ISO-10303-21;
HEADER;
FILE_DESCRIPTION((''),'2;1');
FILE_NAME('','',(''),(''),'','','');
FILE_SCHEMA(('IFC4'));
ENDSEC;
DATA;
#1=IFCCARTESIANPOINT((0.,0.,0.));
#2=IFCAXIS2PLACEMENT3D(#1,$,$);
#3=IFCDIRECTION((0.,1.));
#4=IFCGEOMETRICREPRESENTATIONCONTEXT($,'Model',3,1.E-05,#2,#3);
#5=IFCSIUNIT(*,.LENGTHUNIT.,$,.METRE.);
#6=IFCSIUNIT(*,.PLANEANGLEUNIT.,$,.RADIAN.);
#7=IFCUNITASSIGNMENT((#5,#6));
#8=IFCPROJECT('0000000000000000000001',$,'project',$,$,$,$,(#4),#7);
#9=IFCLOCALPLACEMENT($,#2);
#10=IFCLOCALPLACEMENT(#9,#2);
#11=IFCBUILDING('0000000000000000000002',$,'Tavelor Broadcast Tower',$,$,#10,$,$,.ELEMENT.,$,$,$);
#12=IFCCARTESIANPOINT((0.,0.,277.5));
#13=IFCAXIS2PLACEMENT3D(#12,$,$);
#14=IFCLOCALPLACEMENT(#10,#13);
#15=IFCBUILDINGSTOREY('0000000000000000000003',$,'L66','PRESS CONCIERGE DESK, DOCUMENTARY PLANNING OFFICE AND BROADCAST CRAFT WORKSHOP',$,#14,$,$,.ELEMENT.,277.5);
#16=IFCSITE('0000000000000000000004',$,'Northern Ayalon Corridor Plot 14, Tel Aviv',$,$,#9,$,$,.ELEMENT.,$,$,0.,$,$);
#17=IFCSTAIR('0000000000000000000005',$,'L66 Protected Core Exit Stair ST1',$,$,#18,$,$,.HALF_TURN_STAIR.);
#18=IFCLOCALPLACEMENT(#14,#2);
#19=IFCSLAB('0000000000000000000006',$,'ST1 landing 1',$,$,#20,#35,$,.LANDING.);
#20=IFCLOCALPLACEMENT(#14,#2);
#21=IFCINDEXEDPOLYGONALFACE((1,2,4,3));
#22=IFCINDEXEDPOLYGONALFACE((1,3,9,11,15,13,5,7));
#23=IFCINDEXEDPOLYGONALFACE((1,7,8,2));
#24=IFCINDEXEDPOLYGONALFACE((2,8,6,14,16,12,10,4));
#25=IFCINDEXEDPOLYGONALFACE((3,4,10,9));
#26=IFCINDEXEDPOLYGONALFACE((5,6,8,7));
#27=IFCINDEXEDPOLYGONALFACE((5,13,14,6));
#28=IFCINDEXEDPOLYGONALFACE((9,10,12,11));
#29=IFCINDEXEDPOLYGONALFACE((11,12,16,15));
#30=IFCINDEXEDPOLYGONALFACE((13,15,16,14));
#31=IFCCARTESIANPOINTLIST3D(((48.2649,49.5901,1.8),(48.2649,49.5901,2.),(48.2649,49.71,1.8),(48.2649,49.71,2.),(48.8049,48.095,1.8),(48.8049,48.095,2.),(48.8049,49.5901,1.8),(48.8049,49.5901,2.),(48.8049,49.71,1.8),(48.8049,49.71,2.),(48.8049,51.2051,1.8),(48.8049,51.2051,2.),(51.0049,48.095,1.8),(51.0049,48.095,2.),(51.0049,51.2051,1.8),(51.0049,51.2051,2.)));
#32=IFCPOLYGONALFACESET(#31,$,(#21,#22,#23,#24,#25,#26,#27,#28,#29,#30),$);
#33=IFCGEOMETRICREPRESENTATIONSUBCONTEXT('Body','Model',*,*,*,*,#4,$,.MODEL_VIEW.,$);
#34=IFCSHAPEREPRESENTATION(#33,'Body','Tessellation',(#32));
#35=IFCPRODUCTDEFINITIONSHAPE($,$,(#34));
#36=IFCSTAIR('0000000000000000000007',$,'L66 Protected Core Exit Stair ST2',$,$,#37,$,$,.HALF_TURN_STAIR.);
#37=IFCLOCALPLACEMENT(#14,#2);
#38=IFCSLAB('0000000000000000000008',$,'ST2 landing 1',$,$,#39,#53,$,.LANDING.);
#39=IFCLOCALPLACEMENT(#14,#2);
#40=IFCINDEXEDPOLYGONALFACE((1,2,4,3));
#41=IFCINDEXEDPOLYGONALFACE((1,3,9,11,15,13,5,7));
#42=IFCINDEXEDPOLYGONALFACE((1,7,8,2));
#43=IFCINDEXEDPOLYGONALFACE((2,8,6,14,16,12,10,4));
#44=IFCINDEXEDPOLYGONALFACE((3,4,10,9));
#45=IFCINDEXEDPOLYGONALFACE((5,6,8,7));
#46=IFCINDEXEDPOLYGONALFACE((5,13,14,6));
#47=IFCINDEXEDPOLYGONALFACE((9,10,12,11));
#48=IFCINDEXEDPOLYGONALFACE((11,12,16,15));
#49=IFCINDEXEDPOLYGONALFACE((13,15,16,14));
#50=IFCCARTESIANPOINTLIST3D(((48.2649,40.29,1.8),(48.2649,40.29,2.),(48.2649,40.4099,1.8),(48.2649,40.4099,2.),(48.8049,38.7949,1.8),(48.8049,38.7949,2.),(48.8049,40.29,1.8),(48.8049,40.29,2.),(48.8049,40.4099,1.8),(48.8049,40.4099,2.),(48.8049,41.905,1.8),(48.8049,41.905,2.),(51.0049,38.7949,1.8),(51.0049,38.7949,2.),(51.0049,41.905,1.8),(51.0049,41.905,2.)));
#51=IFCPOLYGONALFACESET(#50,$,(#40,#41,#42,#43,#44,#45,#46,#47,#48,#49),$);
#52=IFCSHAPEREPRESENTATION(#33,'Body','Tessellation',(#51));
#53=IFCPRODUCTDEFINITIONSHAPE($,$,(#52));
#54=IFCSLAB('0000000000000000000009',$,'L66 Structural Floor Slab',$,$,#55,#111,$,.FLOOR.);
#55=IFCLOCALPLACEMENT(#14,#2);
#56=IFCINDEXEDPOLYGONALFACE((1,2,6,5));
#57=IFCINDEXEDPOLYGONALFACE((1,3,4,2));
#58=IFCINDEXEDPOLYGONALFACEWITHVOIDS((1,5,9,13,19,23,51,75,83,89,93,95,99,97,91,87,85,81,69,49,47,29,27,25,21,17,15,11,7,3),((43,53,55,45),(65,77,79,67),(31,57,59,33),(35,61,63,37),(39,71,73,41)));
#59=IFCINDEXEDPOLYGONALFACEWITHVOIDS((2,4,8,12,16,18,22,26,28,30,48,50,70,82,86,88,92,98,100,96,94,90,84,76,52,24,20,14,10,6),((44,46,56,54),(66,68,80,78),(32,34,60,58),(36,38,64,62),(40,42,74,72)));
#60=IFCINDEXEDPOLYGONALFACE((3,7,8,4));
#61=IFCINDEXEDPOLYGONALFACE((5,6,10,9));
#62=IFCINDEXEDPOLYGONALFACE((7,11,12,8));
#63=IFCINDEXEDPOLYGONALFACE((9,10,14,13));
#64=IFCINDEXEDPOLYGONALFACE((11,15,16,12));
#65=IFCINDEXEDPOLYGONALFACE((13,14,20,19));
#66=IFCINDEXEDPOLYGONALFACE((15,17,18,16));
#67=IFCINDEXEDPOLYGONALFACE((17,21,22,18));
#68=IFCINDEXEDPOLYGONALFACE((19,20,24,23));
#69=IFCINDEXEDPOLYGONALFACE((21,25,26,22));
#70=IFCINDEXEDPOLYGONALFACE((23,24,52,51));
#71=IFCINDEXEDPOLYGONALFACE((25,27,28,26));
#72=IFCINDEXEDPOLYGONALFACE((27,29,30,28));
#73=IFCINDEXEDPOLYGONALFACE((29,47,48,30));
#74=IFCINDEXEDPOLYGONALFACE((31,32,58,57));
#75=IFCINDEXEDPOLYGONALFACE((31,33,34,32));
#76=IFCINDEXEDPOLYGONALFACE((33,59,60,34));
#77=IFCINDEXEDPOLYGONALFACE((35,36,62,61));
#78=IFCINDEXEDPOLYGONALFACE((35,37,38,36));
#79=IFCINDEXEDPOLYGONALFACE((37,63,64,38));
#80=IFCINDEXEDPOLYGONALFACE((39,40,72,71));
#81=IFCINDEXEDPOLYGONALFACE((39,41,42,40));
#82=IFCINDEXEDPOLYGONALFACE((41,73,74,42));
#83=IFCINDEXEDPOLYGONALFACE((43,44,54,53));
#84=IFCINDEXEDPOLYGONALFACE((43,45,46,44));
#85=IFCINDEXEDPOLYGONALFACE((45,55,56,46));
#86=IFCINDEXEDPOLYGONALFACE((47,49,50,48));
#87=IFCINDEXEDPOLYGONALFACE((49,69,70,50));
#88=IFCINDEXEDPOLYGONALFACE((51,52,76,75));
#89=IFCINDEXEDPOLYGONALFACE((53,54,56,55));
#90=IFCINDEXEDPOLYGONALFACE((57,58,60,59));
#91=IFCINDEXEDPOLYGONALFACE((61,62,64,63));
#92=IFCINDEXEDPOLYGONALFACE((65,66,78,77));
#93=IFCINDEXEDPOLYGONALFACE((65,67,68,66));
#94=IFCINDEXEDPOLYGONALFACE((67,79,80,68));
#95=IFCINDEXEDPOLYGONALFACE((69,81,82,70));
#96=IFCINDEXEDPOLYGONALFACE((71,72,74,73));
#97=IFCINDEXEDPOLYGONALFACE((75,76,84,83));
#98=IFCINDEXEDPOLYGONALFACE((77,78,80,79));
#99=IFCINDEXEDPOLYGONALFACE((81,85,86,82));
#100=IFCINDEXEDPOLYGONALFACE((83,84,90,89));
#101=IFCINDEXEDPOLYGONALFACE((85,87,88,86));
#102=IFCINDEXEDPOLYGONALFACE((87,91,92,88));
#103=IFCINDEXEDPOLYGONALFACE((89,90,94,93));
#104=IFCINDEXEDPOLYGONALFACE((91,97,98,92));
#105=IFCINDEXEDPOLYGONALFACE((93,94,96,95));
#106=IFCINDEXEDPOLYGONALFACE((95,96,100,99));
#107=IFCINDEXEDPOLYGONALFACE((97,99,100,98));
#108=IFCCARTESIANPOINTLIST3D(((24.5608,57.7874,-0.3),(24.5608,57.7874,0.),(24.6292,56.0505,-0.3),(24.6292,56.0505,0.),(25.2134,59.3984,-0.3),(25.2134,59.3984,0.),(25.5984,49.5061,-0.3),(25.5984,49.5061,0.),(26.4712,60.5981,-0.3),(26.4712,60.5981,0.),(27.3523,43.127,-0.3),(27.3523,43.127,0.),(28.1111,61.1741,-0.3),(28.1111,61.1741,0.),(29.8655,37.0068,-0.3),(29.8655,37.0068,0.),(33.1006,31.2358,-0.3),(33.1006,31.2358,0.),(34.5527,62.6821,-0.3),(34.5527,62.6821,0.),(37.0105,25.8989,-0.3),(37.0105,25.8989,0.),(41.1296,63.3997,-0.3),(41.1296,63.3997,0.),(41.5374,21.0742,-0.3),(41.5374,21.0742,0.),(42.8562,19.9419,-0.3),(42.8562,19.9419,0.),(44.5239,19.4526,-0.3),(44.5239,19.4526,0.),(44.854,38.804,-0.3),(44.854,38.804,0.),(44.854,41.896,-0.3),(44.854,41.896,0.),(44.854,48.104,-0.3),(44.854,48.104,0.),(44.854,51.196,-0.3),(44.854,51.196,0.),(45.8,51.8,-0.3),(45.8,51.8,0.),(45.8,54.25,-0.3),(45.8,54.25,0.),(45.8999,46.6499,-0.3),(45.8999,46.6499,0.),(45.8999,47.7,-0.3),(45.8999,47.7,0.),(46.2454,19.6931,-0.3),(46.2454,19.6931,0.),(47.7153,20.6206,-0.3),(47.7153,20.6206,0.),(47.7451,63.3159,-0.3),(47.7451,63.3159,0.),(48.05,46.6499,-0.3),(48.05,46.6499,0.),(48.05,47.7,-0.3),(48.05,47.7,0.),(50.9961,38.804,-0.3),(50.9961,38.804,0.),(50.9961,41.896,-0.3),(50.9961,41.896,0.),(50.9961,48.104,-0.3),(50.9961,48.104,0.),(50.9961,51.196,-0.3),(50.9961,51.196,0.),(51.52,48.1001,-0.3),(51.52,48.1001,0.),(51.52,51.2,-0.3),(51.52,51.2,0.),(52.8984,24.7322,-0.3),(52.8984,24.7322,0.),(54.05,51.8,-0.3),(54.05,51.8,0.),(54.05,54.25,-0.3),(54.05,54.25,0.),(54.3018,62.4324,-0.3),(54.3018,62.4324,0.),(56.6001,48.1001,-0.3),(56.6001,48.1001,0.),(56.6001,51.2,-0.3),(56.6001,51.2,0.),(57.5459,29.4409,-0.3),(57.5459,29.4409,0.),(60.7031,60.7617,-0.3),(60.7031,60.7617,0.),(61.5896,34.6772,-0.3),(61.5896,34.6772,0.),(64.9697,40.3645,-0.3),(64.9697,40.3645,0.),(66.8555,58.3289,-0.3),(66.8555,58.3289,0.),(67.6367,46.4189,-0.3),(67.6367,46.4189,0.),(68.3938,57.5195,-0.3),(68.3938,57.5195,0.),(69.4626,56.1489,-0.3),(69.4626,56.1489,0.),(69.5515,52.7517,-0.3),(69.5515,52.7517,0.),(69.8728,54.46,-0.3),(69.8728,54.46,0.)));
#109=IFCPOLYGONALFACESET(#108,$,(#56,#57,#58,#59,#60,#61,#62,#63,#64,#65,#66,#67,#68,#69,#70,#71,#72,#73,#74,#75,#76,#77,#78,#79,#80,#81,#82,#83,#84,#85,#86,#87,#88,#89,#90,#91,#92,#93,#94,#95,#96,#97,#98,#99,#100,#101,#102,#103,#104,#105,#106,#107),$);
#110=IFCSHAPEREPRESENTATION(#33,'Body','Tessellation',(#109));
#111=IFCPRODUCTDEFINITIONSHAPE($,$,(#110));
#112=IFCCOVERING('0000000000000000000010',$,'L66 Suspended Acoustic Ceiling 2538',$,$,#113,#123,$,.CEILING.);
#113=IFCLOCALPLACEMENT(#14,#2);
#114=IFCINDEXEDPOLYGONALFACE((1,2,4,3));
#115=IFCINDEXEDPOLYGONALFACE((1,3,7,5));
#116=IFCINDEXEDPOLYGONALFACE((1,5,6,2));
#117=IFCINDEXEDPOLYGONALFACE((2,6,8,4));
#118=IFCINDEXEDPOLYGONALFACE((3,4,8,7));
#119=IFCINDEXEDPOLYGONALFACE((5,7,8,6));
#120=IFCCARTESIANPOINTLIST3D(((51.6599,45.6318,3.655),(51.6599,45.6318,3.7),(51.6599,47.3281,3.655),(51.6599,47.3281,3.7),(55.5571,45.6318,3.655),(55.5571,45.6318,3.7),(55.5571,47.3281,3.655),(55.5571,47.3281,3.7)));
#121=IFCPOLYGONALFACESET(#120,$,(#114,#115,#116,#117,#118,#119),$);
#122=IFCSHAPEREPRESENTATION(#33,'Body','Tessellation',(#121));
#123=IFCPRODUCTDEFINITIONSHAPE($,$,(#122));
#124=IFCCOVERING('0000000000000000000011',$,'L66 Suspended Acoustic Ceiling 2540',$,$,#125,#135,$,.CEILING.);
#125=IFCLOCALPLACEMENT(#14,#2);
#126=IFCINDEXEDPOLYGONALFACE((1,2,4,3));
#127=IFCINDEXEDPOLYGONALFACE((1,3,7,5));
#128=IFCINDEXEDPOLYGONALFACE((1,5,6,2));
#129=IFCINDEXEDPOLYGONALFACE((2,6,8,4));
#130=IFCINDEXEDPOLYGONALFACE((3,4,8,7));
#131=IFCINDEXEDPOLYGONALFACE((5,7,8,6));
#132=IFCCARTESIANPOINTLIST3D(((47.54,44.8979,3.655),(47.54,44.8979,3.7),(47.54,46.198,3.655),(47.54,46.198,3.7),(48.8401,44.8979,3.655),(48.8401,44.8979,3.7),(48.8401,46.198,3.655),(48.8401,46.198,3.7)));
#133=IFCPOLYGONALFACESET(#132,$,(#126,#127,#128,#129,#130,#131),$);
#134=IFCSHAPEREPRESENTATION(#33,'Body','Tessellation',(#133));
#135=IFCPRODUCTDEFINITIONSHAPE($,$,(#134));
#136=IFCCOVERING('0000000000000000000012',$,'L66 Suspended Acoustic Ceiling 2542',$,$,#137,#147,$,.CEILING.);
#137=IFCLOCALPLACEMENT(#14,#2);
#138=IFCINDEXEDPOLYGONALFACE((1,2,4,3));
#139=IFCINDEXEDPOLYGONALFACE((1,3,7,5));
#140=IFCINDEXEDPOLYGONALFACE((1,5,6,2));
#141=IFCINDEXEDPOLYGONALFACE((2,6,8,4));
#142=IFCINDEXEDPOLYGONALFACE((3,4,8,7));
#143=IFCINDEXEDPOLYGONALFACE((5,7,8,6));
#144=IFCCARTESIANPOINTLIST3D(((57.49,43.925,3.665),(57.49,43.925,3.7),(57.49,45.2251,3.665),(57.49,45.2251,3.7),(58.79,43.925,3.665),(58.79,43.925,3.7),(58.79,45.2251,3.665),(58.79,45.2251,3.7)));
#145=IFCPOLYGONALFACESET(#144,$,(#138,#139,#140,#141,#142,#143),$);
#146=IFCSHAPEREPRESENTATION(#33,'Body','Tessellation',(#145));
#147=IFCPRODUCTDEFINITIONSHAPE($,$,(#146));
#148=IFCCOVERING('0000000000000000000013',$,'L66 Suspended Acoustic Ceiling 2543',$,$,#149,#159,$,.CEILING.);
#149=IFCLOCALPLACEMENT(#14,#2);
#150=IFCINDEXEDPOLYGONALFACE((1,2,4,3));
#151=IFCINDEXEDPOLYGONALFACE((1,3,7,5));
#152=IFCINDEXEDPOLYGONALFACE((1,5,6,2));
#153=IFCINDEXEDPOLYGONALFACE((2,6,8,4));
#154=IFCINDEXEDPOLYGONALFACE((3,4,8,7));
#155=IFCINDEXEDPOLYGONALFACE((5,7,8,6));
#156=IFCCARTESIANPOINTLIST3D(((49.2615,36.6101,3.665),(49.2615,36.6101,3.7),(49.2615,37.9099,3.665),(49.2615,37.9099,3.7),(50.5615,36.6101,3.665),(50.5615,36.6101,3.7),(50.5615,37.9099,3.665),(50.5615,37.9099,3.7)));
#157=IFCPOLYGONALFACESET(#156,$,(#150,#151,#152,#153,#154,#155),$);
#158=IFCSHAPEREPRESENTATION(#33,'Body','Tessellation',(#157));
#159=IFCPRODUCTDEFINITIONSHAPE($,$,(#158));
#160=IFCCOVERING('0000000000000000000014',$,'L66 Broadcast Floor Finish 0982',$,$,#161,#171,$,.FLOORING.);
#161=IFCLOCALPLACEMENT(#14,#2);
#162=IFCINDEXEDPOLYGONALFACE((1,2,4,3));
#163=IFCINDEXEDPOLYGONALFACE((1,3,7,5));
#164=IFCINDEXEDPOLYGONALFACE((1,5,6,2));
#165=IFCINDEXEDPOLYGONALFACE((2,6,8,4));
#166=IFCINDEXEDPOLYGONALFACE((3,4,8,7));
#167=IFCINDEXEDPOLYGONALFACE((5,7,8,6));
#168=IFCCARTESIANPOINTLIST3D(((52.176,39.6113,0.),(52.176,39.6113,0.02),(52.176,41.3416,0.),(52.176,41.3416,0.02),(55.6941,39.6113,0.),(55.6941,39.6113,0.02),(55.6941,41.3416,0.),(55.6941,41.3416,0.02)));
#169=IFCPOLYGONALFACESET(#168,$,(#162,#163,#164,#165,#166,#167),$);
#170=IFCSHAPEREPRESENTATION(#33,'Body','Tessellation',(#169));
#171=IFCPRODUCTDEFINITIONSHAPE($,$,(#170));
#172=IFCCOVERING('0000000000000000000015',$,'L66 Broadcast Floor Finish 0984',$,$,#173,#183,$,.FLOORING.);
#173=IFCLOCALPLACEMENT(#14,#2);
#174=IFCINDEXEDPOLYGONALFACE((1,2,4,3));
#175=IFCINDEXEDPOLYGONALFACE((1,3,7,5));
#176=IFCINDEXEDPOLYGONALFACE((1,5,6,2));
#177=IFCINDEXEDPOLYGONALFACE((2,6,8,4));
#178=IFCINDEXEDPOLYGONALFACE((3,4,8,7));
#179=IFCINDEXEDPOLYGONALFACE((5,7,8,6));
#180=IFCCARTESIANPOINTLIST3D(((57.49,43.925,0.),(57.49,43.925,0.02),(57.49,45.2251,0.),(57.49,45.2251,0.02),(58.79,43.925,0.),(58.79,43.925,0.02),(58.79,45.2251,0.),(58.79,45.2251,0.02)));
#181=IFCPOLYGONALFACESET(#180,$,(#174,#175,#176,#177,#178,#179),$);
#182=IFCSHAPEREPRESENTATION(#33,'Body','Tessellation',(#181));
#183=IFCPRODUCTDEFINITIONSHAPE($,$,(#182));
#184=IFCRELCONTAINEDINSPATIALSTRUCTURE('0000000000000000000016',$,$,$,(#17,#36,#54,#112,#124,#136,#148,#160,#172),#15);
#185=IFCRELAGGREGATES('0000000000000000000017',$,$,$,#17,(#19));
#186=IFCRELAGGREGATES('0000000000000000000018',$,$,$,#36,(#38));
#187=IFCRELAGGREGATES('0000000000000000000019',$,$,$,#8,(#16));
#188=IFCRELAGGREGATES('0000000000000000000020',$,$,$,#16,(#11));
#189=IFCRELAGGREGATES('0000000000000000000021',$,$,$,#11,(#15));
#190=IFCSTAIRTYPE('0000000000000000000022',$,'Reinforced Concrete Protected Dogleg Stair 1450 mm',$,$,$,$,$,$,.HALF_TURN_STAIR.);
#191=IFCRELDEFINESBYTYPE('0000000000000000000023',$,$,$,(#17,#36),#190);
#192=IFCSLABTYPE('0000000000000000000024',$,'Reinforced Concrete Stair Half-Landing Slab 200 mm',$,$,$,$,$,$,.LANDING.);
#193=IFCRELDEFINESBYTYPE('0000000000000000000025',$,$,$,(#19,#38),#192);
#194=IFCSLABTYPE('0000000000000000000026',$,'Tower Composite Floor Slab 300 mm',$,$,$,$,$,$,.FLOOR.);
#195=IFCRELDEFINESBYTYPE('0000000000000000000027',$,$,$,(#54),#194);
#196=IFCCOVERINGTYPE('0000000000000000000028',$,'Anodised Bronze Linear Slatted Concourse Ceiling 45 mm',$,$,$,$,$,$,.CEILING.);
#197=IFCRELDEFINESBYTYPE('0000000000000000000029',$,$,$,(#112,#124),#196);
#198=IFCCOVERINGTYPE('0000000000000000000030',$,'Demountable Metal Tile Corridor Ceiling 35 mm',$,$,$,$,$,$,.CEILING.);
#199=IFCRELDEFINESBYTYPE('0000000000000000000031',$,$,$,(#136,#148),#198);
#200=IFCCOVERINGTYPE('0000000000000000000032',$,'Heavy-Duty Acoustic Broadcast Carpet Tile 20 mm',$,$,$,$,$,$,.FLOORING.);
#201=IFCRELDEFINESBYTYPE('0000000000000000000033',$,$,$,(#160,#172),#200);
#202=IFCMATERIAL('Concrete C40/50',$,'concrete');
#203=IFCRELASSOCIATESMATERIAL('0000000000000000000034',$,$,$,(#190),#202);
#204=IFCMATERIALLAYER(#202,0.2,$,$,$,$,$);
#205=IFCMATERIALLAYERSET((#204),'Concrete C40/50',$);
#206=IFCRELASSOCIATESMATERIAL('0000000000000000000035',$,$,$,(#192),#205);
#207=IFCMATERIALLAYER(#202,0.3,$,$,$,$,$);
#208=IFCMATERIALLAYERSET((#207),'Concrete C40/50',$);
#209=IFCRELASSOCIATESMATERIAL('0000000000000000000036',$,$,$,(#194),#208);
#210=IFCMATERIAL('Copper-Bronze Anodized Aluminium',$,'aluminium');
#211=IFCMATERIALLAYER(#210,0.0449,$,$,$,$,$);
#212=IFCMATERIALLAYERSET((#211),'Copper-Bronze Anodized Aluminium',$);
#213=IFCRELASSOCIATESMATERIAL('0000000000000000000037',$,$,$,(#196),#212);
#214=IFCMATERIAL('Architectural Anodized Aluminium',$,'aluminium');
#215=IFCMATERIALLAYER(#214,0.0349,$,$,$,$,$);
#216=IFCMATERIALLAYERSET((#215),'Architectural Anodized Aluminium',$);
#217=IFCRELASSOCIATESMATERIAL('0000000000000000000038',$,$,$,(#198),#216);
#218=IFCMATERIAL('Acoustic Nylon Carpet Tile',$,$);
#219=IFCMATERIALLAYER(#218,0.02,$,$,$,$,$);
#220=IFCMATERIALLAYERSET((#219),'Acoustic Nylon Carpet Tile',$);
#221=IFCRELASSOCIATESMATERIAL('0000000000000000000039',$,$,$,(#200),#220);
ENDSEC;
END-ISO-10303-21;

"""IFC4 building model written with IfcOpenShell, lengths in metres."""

from ifc_helpers import new_model, si_unit, direction, frame, origin, place, context, subcontext, project, spatial, polyline, outline, extrude, material, layer, layer_set, type_object, element, aggregate, save


model = new_model("IFC4")

# Units and contexts
model_context = context("Model", 3, precision=1e-05, world=origin(), true_north=direction((0.0, 1.0)))
body_context = subcontext(model_context, "Body", "Model", "MODEL_VIEW")
ifc_project = project(units=[si_unit("LENGTHUNIT", "METRE"), si_unit("PLANEANGLEUNIT", "RADIAN")], contexts=[model_context])

# Site, building, storey
site_placement = place(None, origin())
site = spatial("IfcSite", under=ifc_project, at=site_placement, Name="Northern Ayalon Corridor Plot 14, Tel Aviv", CompositionType="ELEMENT", RefElevation=0.0)
building_placement = place(site_placement, origin())
building = spatial("IfcBuilding", under=site, at=building_placement, Name="Tavelor Broadcast Tower", CompositionType="ELEMENT")
storey_placement = place(building_placement, frame((0.0, 0.0, 277.5)))
storey = spatial("IfcBuildingStorey", under=building, at=storey_placement, Name="L66", Description="PRESS CONCIERGE DESK, DOCUMENTARY PLANNING OFFICE AND BROADCAST CRAFT WORKSHOP", CompositionType="ELEMENT", Elevation=277.5)

# Stairs, slabs
ifc_material_1 = material(Name="Concrete C40/50", Category="concrete")
stair_type = type_object("IfcStairType", Name="Reinforced Concrete Protected Dogleg Stair 1450 mm", PredefinedType="HALF_TURN_STAIR", material=ifc_material_1)
stair_1_placement = place(storey_placement, origin())
stair_1 = element("IfcStair", 1, at=stair_1_placement, inside=storey, type_object=stair_type, Name="L66 Protected Core Exit Stair ST1", PredefinedType="HALF_TURN_STAIR")
ifc_layer_1 = layer(ifc_material_1, 0.2)
ifc_layer_set_1 = layer_set([ifc_layer_1], Name="Concrete C40/50")
slab_type_1 = type_object("IfcSlabType", Name="Reinforced Concrete Stair Half-Landing Slab 200 mm", PredefinedType="LANDING", material=ifc_layer_set_1)
slab_1_placement = place(storey_placement, frame((0.0, 0.0, 1.8)))
slab_1 = element("IfcSlab", 2, at=slab_1_placement, type_object=slab_type_1, Name="ST1 landing 1", PredefinedType="LANDING", context=body_context, shape_type="SweptSolid", body=[
    extrude(outline(polyline([(48.8049, 49.5901), (48.8049, 48.095), (51.0049, 48.095), (51.0049, 51.2051), (48.8049, 51.2051), (48.8049, 49.71), (48.2649, 49.71), (48.2649, 49.5901), (48.8049, 49.5901)])), origin(), (0.0, 0.0, 1.0), 0.2),
])
aggregate(stair_1, [slab_1])
stair_2_placement = place(storey_placement, origin())
stair_2 = element("IfcStair", 3, at=stair_2_placement, inside=storey, type_object=stair_type, Name="L66 Protected Core Exit Stair ST2", PredefinedType="HALF_TURN_STAIR")
slab_2_placement = place(storey_placement, frame((0.0, 0.0, 1.8)))
slab_2 = element("IfcSlab", 4, at=slab_2_placement, type_object=slab_type_1, Name="ST2 landing 1", PredefinedType="LANDING", context=body_context, shape_type="SweptSolid", body=[
    extrude(outline(polyline([(48.8049, 40.29), (48.8049, 38.7949), (51.0049, 38.7949), (51.0049, 41.905), (48.8049, 41.905), (48.8049, 40.4099), (48.2649, 40.4099), (48.2649, 40.29), (48.8049, 40.29)])), origin(), (0.0, 0.0, 1.0), 0.2),
])
aggregate(stair_2, [slab_2])

# Slab
ifc_layer_2 = layer(ifc_material_1, 0.3)
ifc_layer_set_2 = layer_set([ifc_layer_2], Name="Concrete C40/50")
slab_type_2 = type_object("IfcSlabType", Name="Tower Composite Floor Slab 300 mm", PredefinedType="FLOOR", material=ifc_layer_set_2)
slab_3_placement = place(storey_placement, frame((0.0, 0.0, -0.3)))
element("IfcSlab", 5, at=slab_3_placement, inside=storey, type_object=slab_type_2, Name="L66 Structural Floor Slab", PredefinedType="FLOOR", context=body_context, shape_type="SweptSolid", body=[
    extrude(outline(polyline([(28.1111, 61.1741), (26.4712, 60.5981), (25.2134, 59.3984), (24.5608, 57.7874), (24.6292, 56.0505), (25.5984, 49.5061), (27.3523, 43.127), (29.8655, 37.0068), (33.1006, 31.2358), (37.0105, 25.8989), (41.5374, 21.0742), (42.8562, 19.9419), (44.5239, 19.4526), (46.2454, 19.6931), (47.7153, 20.6206), (52.8984, 24.7322), (57.5459, 29.4409), (61.5896, 34.6772), (64.9697, 40.3645), (67.6367, 46.4189), (69.5515, 52.7517), (69.8728, 54.46), (69.4626, 56.1489), (68.3938, 57.5195), (66.8555, 58.3289), (60.7031, 60.7617), (54.3018, 62.4324), (47.7451, 63.3159), (41.1296, 63.3997), (34.5527, 62.6821), (28.1111, 61.1741)]), holes=[polyline([(50.9961, 41.896), (50.9961, 38.804), (44.854, 38.804), (44.854, 41.896), (50.9961, 41.896)]), polyline([(48.05, 47.7), (48.05, 46.6499), (45.8999, 46.6499), (45.8999, 47.7), (48.05, 47.7)]), polyline([(50.9961, 51.196), (50.9961, 48.104), (44.854, 48.104), (44.854, 51.196), (50.9961, 51.196)]), polyline([(56.6001, 48.1001), (51.52, 48.1001), (51.52, 51.2), (56.6001, 51.2), (56.6001, 48.1001)]), polyline([(54.05, 51.8), (45.8, 51.8), (45.8, 54.25), (54.05, 54.25), (54.05, 51.8)])]), origin(), (0.0, 0.0, 1.0), 0.3),
])

# Coverings
ifc_material_2 = material(Name="Copper-Bronze Anodized Aluminium", Category="aluminium")
ifc_layer_3 = layer(ifc_material_2, 0.0449)
ifc_layer_set_3 = layer_set([ifc_layer_3], Name="Copper-Bronze Anodized Aluminium")
covering_type_1 = type_object("IfcCoveringType", Name="Anodised Bronze Linear Slatted Concourse Ceiling 45 mm", PredefinedType="CEILING", material=ifc_layer_set_3)
covering_1_placement = place(storey_placement, frame((0.0, 0.0, 3.655)))
element("IfcCovering", 6, at=covering_1_placement, inside=storey, type_object=covering_type_1, Name="L66 Suspended Acoustic Ceiling 2538", PredefinedType="CEILING", context=body_context, shape_type="SweptSolid", body=[
    extrude(outline(polyline([(51.6599, 45.6318), (55.5571, 45.6318), (55.5571, 47.3281), (51.6599, 47.3281), (51.6599, 45.6318)])), origin(), (0.0, 0.0, 1.0), 0.0449),
])
covering_2_placement = place(storey_placement, frame((0.0, 0.0, 3.655)))
element("IfcCovering", 7, at=covering_2_placement, inside=storey, type_object=covering_type_1, Name="L66 Suspended Acoustic Ceiling 2540", PredefinedType="CEILING", context=body_context, shape_type="SweptSolid", body=[
    extrude(outline(polyline([(47.54, 44.8979), (48.8401, 44.8979), (48.8401, 46.198), (47.54, 46.198), (47.54, 44.8979)])), origin(), (0.0, 0.0, 1.0), 0.0449),
])
ifc_material_3 = material(Name="Architectural Anodized Aluminium", Category="aluminium")
ifc_layer_4 = layer(ifc_material_3, 0.0349)
ifc_layer_set_4 = layer_set([ifc_layer_4], Name="Architectural Anodized Aluminium")
covering_type_2 = type_object("IfcCoveringType", Name="Demountable Metal Tile Corridor Ceiling 35 mm", PredefinedType="CEILING", material=ifc_layer_set_4)
covering_3_placement = place(storey_placement, frame((0.0, 0.0, 3.665)))
element("IfcCovering", 8, at=covering_3_placement, inside=storey, type_object=covering_type_2, Name="L66 Suspended Acoustic Ceiling 2542", PredefinedType="CEILING", context=body_context, shape_type="SweptSolid", body=[
    extrude(outline(polyline([(57.49, 43.925), (58.79, 43.925), (58.79, 45.2251), (57.49, 45.2251), (57.49, 43.925)])), origin(), (0.0, 0.0, 1.0), 0.0349),
])
covering_4_placement = place(storey_placement, frame((0.0, 0.0, 3.665)))
element("IfcCovering", 9, at=covering_4_placement, inside=storey, type_object=covering_type_2, Name="L66 Suspended Acoustic Ceiling 2543", PredefinedType="CEILING", context=body_context, shape_type="SweptSolid", body=[
    extrude(outline(polyline([(49.2615, 36.6101), (50.5615, 36.6101), (50.5615, 37.9099), (49.2615, 37.9099), (49.2615, 36.6101)])), origin(), (0.0, 0.0, 1.0), 0.0349),
])
ifc_material_4 = material(Name="Acoustic Nylon Carpet Tile")
ifc_layer_5 = layer(ifc_material_4, 0.02)
ifc_layer_set_5 = layer_set([ifc_layer_5], Name="Acoustic Nylon Carpet Tile")
covering_type_3 = type_object("IfcCoveringType", Name="Heavy-Duty Acoustic Broadcast Carpet Tile 20 mm", PredefinedType="FLOORING", material=ifc_layer_set_5)
covering_5_placement = place(storey_placement, origin())
element("IfcCovering", 10, at=covering_5_placement, inside=storey, type_object=covering_type_3, Name="L66 Broadcast Floor Finish 0982", PredefinedType="FLOORING", context=body_context, shape_type="SweptSolid", body=[
    extrude(outline(polyline([(52.176, 39.6113), (55.6941, 39.6113), (55.6941, 41.3416), (52.176, 41.3416), (52.176, 39.6113)])), origin(), (0.0, 0.0, 1.0), 0.02),
])
covering_6_placement = place(storey_placement, origin())
element("IfcCovering", 11, at=covering_6_placement, inside=storey, type_object=covering_type_3, Name="L66 Broadcast Floor Finish 0984", PredefinedType="FLOORING", context=body_context, shape_type="SweptSolid", body=[
    extrude(outline(polyline([(57.49, 43.925), (58.79, 43.925), (58.79, 45.2251), (57.49, 45.2251), (57.49, 43.925)])), origin(), (0.0, 0.0, 1.0), 0.02),
])

save(model, "model.ifc")
